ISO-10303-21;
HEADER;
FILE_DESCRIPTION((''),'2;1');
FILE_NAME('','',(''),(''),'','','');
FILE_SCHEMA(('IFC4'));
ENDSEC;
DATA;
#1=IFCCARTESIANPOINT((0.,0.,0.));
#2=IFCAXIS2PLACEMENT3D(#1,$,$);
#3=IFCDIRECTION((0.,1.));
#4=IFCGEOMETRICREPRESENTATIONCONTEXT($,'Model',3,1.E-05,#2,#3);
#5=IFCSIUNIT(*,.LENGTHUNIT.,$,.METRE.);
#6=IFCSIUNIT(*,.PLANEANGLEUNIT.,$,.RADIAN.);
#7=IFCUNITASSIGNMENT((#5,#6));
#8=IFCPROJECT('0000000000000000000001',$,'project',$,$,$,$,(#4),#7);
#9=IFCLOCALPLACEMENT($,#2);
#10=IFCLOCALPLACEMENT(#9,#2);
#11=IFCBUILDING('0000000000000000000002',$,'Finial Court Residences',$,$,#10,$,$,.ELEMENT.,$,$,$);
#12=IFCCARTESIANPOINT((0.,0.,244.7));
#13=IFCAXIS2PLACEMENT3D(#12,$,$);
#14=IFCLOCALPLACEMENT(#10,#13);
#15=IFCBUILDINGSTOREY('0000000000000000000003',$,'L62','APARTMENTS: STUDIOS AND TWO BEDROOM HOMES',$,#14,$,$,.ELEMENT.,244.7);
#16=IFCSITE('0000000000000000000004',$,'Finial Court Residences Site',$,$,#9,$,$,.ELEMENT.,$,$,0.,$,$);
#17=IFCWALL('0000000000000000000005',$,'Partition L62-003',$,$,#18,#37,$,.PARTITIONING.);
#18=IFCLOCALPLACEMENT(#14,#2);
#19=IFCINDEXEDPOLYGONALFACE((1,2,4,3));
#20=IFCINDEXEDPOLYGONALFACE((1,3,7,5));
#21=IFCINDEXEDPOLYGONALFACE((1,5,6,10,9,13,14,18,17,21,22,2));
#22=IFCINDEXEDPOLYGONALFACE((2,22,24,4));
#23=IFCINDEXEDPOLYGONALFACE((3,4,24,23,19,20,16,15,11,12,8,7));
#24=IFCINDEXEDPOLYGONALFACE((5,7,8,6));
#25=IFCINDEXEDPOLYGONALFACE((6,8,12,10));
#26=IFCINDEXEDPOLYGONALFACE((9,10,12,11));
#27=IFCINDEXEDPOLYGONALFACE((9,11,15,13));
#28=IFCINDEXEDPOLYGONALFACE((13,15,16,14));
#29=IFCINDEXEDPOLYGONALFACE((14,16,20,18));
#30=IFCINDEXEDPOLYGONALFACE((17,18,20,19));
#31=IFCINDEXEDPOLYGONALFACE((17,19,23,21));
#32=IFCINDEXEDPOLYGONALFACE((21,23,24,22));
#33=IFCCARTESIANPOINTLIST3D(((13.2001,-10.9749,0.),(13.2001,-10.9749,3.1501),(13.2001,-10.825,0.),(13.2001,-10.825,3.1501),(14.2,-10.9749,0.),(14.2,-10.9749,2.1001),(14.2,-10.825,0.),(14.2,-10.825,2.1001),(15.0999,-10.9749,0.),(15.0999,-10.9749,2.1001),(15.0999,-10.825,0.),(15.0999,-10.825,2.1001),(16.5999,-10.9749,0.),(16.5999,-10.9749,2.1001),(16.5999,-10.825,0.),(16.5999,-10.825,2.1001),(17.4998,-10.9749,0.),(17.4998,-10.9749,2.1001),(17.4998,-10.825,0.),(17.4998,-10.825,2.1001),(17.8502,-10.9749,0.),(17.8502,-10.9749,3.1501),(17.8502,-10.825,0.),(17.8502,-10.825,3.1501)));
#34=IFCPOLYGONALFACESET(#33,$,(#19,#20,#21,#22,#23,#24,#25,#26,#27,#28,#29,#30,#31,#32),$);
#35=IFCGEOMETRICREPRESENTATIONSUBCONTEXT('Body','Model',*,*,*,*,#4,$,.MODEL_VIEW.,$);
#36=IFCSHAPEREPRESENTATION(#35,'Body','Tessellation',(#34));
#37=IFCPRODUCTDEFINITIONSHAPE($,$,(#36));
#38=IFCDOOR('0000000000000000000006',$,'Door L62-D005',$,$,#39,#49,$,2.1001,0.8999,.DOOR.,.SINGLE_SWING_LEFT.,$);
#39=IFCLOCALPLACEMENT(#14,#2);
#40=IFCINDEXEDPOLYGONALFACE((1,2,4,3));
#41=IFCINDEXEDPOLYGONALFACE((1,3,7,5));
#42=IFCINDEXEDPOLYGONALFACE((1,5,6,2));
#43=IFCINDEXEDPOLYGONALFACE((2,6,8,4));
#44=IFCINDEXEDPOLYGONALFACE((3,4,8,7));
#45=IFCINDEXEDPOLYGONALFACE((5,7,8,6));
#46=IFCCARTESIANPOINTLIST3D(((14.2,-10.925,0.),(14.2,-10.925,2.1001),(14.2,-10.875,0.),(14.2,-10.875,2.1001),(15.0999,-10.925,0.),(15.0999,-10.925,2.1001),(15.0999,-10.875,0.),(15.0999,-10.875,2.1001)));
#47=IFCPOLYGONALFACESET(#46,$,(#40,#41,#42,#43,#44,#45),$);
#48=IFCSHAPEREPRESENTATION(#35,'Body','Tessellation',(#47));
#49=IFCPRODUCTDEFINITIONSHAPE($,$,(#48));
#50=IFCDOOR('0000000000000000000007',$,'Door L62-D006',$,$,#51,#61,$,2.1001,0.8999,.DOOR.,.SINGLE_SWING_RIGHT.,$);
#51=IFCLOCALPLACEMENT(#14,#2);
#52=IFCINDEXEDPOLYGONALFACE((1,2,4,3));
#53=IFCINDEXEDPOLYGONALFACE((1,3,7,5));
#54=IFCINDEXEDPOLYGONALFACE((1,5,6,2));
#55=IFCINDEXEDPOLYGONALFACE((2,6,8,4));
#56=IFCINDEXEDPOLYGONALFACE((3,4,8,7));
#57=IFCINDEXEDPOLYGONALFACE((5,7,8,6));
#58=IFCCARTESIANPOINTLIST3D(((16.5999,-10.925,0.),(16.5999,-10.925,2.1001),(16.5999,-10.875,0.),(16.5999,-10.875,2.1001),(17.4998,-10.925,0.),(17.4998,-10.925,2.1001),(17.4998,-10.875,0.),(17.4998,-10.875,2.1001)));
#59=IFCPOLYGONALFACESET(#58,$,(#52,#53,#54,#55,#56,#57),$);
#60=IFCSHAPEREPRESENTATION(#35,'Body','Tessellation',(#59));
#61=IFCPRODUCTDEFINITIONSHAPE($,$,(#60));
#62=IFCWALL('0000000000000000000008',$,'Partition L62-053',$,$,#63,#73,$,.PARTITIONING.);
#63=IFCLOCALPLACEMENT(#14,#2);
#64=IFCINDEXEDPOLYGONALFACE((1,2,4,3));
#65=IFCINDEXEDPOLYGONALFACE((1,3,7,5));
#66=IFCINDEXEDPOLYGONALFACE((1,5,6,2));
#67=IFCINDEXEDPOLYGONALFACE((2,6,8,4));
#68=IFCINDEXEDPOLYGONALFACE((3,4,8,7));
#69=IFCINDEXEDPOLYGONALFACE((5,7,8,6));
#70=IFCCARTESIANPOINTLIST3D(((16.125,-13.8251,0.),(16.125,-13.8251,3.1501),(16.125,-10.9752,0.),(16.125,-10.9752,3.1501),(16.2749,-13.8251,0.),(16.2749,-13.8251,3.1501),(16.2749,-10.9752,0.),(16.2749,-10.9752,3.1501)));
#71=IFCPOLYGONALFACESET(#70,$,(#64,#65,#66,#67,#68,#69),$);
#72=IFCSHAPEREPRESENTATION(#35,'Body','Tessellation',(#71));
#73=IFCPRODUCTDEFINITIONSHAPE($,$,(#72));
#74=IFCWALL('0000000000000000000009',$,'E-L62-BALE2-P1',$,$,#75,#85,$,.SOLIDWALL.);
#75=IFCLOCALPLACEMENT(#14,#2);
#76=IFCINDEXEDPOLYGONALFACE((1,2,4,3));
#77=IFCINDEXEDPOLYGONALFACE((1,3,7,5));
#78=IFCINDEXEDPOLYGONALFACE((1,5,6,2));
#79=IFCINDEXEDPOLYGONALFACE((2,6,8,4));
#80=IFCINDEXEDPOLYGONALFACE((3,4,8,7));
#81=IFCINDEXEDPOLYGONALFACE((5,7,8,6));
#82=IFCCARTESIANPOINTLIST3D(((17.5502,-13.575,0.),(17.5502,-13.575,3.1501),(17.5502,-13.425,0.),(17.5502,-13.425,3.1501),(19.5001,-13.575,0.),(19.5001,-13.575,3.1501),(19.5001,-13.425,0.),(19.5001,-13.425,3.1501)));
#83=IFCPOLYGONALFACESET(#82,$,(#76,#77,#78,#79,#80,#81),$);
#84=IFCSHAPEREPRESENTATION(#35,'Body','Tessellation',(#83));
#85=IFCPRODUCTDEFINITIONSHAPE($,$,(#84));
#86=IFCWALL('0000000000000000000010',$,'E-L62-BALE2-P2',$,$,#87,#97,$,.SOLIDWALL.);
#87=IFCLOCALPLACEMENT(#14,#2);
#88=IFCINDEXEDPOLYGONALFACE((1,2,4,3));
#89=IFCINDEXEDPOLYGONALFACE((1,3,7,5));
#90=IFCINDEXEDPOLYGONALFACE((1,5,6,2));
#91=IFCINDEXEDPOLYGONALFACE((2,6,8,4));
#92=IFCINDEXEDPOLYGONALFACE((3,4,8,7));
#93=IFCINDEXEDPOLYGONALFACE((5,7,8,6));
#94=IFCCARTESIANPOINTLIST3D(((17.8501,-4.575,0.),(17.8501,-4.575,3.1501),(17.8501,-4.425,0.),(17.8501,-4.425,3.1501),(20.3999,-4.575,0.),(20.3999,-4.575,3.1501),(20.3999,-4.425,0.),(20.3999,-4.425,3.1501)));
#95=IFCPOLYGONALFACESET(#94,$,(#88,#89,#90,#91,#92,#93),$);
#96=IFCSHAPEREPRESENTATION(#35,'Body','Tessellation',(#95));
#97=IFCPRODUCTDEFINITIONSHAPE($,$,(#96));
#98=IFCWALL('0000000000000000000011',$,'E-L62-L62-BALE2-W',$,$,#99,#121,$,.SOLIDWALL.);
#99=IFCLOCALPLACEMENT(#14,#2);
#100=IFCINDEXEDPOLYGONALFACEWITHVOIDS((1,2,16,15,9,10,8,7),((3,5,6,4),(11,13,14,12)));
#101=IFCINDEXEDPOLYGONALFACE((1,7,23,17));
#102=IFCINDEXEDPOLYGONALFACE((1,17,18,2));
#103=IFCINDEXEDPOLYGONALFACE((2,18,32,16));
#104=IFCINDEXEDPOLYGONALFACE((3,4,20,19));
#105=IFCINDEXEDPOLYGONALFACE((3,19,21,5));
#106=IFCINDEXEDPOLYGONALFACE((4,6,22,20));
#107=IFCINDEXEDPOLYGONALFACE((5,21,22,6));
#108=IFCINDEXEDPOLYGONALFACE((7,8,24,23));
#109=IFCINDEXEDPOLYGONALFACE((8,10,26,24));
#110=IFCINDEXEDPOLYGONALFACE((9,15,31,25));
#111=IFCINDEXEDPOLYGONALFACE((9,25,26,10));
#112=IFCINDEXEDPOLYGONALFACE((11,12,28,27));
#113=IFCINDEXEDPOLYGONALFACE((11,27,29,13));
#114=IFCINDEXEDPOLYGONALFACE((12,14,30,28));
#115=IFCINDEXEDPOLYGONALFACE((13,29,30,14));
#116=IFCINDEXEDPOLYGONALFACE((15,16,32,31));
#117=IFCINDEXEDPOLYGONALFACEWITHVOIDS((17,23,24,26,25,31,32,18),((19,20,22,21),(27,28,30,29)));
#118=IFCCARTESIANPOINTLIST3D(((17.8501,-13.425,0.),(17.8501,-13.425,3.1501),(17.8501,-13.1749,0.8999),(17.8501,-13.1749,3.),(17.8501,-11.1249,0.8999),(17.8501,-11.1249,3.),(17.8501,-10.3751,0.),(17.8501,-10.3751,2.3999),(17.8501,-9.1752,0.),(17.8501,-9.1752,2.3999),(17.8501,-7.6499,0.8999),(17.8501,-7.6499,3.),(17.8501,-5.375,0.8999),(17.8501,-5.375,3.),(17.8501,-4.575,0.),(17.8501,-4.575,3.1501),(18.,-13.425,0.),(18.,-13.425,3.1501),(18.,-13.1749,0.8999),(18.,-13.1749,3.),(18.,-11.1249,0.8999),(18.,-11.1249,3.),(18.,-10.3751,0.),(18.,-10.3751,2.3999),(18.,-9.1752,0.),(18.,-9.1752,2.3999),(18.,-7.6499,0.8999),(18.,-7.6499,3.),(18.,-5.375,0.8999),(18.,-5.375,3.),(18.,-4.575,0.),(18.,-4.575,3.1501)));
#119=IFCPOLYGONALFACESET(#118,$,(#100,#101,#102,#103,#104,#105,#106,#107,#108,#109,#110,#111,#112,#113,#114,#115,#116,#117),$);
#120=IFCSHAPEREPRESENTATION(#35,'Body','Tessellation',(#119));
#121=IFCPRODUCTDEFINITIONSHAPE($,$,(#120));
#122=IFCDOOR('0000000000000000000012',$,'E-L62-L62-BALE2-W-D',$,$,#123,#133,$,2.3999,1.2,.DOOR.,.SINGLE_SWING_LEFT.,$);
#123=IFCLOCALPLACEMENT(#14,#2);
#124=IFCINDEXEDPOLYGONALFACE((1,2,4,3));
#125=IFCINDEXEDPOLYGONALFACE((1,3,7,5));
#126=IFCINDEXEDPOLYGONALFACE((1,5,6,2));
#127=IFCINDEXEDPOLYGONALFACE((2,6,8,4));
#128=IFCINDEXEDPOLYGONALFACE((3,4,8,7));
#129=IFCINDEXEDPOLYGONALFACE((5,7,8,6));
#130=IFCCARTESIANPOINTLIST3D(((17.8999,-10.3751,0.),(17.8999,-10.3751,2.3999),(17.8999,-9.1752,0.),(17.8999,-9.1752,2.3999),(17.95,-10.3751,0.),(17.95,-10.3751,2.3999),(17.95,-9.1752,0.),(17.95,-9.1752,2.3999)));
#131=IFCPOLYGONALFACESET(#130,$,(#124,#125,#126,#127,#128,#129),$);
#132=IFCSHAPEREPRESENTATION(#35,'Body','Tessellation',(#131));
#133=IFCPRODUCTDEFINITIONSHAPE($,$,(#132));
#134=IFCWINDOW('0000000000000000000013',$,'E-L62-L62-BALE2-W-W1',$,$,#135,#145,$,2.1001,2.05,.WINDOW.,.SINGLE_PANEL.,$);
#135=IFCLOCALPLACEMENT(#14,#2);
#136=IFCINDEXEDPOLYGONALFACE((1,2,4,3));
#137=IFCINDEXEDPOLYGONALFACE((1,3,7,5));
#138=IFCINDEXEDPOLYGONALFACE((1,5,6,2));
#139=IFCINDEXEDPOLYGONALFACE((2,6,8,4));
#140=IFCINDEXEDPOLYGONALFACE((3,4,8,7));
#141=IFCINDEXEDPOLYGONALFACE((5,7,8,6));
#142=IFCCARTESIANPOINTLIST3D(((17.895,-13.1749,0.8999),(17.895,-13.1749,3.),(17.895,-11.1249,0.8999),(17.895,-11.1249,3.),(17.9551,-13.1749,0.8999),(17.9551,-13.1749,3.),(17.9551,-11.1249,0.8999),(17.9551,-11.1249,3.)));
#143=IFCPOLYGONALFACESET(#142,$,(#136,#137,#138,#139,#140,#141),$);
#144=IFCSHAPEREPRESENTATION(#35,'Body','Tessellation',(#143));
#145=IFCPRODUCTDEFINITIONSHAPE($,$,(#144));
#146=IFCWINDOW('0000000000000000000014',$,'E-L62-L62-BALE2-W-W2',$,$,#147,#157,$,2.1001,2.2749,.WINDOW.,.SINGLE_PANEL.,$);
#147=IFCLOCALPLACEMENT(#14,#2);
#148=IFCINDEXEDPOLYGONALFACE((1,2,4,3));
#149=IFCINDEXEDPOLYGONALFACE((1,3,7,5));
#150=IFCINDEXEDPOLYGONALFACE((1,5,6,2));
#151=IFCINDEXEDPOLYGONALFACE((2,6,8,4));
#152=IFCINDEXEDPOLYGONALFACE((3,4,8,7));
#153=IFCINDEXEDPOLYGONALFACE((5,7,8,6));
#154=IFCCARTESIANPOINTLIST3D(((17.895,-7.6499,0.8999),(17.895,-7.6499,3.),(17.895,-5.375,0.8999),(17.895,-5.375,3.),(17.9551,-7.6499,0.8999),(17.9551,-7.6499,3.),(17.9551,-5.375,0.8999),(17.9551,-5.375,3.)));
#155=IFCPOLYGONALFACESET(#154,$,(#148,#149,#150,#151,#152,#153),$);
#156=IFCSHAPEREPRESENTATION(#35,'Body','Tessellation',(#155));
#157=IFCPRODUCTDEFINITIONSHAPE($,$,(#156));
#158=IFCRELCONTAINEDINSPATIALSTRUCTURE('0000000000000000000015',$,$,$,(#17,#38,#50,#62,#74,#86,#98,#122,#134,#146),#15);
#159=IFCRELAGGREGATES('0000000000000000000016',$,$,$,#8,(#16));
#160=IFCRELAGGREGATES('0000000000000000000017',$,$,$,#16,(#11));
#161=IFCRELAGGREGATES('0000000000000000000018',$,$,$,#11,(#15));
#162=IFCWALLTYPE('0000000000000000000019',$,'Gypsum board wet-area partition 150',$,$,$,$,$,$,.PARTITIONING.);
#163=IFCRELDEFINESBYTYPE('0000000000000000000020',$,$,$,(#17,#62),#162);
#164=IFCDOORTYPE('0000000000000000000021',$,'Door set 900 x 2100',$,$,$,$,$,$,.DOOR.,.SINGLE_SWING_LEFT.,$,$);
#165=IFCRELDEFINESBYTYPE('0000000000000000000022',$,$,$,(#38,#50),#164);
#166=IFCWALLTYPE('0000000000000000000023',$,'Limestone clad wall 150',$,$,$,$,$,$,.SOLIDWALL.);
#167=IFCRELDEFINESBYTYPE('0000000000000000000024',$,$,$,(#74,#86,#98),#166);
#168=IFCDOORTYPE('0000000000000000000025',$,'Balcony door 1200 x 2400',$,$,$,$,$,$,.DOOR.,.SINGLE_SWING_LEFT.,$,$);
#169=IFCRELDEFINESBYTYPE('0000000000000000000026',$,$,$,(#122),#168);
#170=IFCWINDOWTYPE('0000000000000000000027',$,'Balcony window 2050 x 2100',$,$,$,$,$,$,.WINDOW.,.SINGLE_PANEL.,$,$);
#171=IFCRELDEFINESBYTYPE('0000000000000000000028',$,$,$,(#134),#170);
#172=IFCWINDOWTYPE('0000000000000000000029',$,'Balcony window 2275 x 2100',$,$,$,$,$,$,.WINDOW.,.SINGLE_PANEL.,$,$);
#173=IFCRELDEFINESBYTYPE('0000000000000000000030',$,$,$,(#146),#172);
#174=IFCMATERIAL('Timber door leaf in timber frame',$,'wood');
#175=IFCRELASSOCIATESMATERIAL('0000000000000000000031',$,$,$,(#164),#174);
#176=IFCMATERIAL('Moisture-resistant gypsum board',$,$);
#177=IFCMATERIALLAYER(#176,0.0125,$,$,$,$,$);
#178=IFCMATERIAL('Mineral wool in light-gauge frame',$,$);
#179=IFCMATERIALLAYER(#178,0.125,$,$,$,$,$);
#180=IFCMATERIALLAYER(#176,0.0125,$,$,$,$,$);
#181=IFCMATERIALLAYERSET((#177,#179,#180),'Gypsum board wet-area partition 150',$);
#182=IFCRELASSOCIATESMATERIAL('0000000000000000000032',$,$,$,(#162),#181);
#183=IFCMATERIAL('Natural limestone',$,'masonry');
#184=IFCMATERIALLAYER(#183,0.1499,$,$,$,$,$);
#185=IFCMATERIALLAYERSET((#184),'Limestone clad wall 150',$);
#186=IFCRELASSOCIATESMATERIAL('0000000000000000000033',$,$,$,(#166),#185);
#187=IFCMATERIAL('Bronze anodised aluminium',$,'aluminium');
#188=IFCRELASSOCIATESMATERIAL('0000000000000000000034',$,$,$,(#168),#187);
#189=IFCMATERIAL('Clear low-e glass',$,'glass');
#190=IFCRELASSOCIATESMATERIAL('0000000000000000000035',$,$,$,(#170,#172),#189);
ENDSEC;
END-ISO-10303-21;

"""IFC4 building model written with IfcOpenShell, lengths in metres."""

from ifc_helpers import new_model, si_unit, direction, frame, frame_2d, origin, place, context, subcontext, project, spatial, rectangle, extrude, material, layer, layer_set, type_object, element, fill, save


model = new_model("IFC4")

# Units and contexts
model_context = context("Model", 3, precision=1e-05, world=origin(), true_north=direction((0.0, 1.0)))
body_context = subcontext(model_context, "Body", "Model", "MODEL_VIEW")
ifc_project = project(units=[si_unit("LENGTHUNIT", "METRE"), si_unit("PLANEANGLEUNIT", "RADIAN")], contexts=[model_context])

# Site, building, storey
site_placement = place(None, origin())
site = spatial("IfcSite", under=ifc_project, at=site_placement, Name="Finial Court Residences Site", CompositionType="ELEMENT", RefElevation=0.0)
building_placement = place(site_placement, origin())
building = spatial("IfcBuilding", under=site, at=building_placement, Name="Finial Court Residences", CompositionType="ELEMENT")
storey_placement = place(building_placement, frame((0.0, 0.0, 244.7)))
storey = spatial("IfcBuildingStorey", under=building, at=storey_placement, Name="L62", Description="APARTMENTS: STUDIOS AND TWO BEDROOM HOMES", CompositionType="ELEMENT", Elevation=244.7)

# Shared definitions
ifc_material_1 = material(Name="Bronze anodised aluminium", Category="aluminium")
ifc_material_2 = material(Name="Clear low-e glass", Category="glass")

# Shared definitions
ifc_material_3 = material(Name="Mineral wool in light-gauge frame")
ifc_material_4 = material(Name="Timber door leaf in timber frame", Category="wood")
door_type_1 = type_object("IfcDoorType", Name="Door set 900 x 2100", OperationType="SINGLE_SWING_LEFT", PredefinedType="DOOR", material=ifc_material_4)
ifc_material_5 = material(Name="Moisture-resistant gypsum board")
ifc_layer_1 = layer(ifc_material_5, 0.0125)
ifc_layer_2 = layer(ifc_material_3, 0.125)
ifc_layer_3 = layer(ifc_material_5, 0.0125)
ifc_layer_set_1 = layer_set([ifc_layer_1, ifc_layer_2, ifc_layer_3], Name="Gypsum board wet-area partition 150")
wall_type_1 = type_object("IfcWallType", Name="Gypsum board wet-area partition 150", PredefinedType="PARTITIONING", material=ifc_layer_set_1)

# Wall, openings, doors
wall_1_placement = place(storey_placement, frame((13.2, -10.8999, 0.0), z_axis=(0.0, 0.0, 1.0), x_axis=(1.0, 0.0, 0.0)))
wall_1 = element("IfcWall", 1, at=wall_1_placement, inside=storey, type_object=wall_type_1, Name="Partition L62-003", PredefinedType="PARTITIONING", context=body_context, shape_type="SweptSolid", body=[
    extrude(rectangle(XDim=4.6501, YDim=0.1499, at=frame_2d((2.3252, 0.0))), origin(), (0.0, 0.0, 1.0), 3.1501),
])
opening_1_placement = place(wall_1_placement, frame((1.0, 0.0, 0.0)))
opening_1 = element("IfcOpeningElement", 2, at=opening_1_placement, cuts=wall_1, PredefinedType="OPENING", context=body_context, shape_type="SweptSolid", body=[
    extrude(rectangle(XDim=0.8999, YDim=2.1001, at=frame_2d((0.45, 1.05))), frame((0.0, 0.085, 0.0), z_axis=(0.0, -1.0, 0.0), x_axis=(1.0, 0.0, 0.0)), (0.0, 0.0, 1.0), 0.1699),
])
opening_2_placement = place(wall_1_placement, frame((3.3999, 0.0, 0.0)))
opening_2 = element("IfcOpeningElement", 3, at=opening_2_placement, cuts=wall_1, PredefinedType="OPENING", context=body_context, shape_type="SweptSolid", body=[
    extrude(rectangle(XDim=0.8999, YDim=2.1001, at=frame_2d((0.45, 1.05))), frame((0.0, 0.085, 0.0), z_axis=(0.0, -1.0, 0.0), x_axis=(1.0, 0.0, 0.0)), (0.0, 0.0, 1.0), 0.1699),
])
door_1_placement = place(opening_1_placement, origin())
door_1 = element("IfcDoor", 4, at=door_1_placement, inside=storey, type_object=door_type_1, Name="Door L62-D005", OperationType="SINGLE_SWING_LEFT", OverallHeight=2.1001, OverallWidth=0.8999, PredefinedType="DOOR", context=body_context, shape_type="SweptSolid", body=[
    extrude(rectangle(XDim=0.8999, YDim=2.1001, at=frame_2d((0.45, 1.05))), frame((0.0, 0.0249, 0.0), z_axis=(0.0, -1.0, 0.0), x_axis=(1.0, 0.0, 0.0)), (0.0, 0.0, 1.0), 0.05),
])
fill(opening_1, door_1)
door_2_placement = place(opening_2_placement, origin())
door_2 = element("IfcDoor", 5, at=door_2_placement, inside=storey, type_object=door_type_1, Name="Door L62-D006", OperationType="SINGLE_SWING_RIGHT", OverallHeight=2.1001, OverallWidth=0.8999, PredefinedType="DOOR", context=body_context, shape_type="SweptSolid", body=[
    extrude(rectangle(XDim=0.8999, YDim=2.1001, at=frame_2d((0.45, 1.05))), frame((0.0, 0.0249, 0.0), z_axis=(0.0, -1.0, 0.0), x_axis=(1.0, 0.0, 0.0)), (0.0, 0.0, 1.0), 0.05),
])
fill(opening_2, door_2)

# Walls
wall_2_placement = place(storey_placement, frame((16.2, -13.825, 0.0), z_axis=(0.0, 0.0, 1.0), x_axis=(0.0, 1.0, 0.0)))
element("IfcWall", 6, at=wall_2_placement, inside=storey, type_object=wall_type_1, Name="Partition L62-053", PredefinedType="PARTITIONING", context=body_context, shape_type="SweptSolid", body=[
    extrude(rectangle(XDim=2.8499, YDim=0.1499, at=frame_2d((1.4248, 0.0))), origin(), (0.0, 0.0, 1.0), 3.1501),
])
ifc_material_6 = material(Name="Natural limestone", Category="masonry")
ifc_layer_4 = layer(ifc_material_6, 0.1499)
ifc_layer_set_2 = layer_set([ifc_layer_4], Name="Limestone clad wall 150")
wall_type_2 = type_object("IfcWallType", Name="Limestone clad wall 150", PredefinedType="SOLIDWALL", material=ifc_layer_set_2)
wall_3_placement = place(storey_placement, frame((17.55, -13.5, 0.0), z_axis=(0.0, 0.0, 1.0), x_axis=(1.0, 0.0, 0.0)))
element("IfcWall", 7, at=wall_3_placement, inside=storey, type_object=wall_type_2, Name="E-L62-BALE2-P1", PredefinedType="SOLIDWALL", context=body_context, shape_type="SweptSolid", body=[
    extrude(rectangle(XDim=1.95, YDim=0.1499, at=frame_2d((0.9751, 0.0))), origin(), (0.0, 0.0, 1.0), 3.1501),
])
wall_4_placement = place(storey_placement, frame((17.8501, -4.5, 0.0), z_axis=(0.0, 0.0, 1.0), x_axis=(1.0, 0.0, 0.0)))
element("IfcWall", 8, at=wall_4_placement, inside=storey, type_object=wall_type_2, Name="E-L62-BALE2-P2", PredefinedType="SOLIDWALL", context=body_context, shape_type="SweptSolid", body=[
    extrude(rectangle(XDim=2.5498, YDim=0.1499, at=frame_2d((1.2749, 0.0))), origin(), (0.0, 0.0, 1.0), 3.1501),
])

# Wall, openings, door, windows
wall_5_placement = place(storey_placement, frame((17.925, -4.575, 0.0), z_axis=(0.0, 0.0, 1.0), x_axis=(0.0, -1.0, 0.0)))
wall_5 = element("IfcWall", 9, at=wall_5_placement, inside=storey, type_object=wall_type_2, Name="E-L62-L62-BALE2-W", PredefinedType="SOLIDWALL", context=body_context, shape_type="SweptSolid", body=[
    extrude(rectangle(XDim=8.8501, YDim=0.1499, at=frame_2d((4.425, 0.0))), origin(), (0.0, 0.0, 1.0), 3.1501),
])
opening_3_placement = place(wall_5_placement, frame((4.6001, 0.0, 0.0)))
opening_3 = element("IfcOpeningElement", 10, at=opening_3_placement, cuts=wall_5, PredefinedType="OPENING", context=body_context, shape_type="SweptSolid", body=[
    extrude(rectangle(XDim=1.2, YDim=2.3999, at=frame_2d((0.6001, 1.2))), frame((0.0, 0.085, 0.0), z_axis=(0.0, -1.0, 0.0), x_axis=(1.0, 0.0, 0.0)), (0.0, 0.0, 1.0), 0.1699),
])
opening_4_placement = place(wall_5_placement, frame((6.55, 0.0, 0.8999)))
opening_4 = element("IfcOpeningElement", 11, at=opening_4_placement, cuts=wall_5, PredefinedType="OPENING", context=body_context, shape_type="SweptSolid", body=[
    extrude(rectangle(XDim=2.05, YDim=2.1001, at=frame_2d((1.0249, 1.05))), frame((0.0, 0.085, 0.0), z_axis=(0.0, -1.0, 0.0), x_axis=(1.0, 0.0, 0.0)), (0.0, 0.0, 1.0), 0.1699),
])
opening_5_placement = place(wall_5_placement, frame((0.8, 0.0, 0.8999)))
opening_5 = element("IfcOpeningElement", 12, at=opening_5_placement, cuts=wall_5, PredefinedType="OPENING", context=body_context, shape_type="SweptSolid", body=[
    extrude(rectangle(XDim=2.2749, YDim=2.1001, at=frame_2d((1.1375, 1.05))), frame((0.0, 0.085, 0.0), z_axis=(0.0, -1.0, 0.0), x_axis=(1.0, 0.0, 0.0)), (0.0, 0.0, 1.0), 0.1699),
])
door_type_2 = type_object("IfcDoorType", Name="Balcony door 1200 x 2400", OperationType="SINGLE_SWING_LEFT", PredefinedType="DOOR", material=ifc_material_1)
door_3_placement = place(opening_3_placement, origin())
door_3 = element("IfcDoor", 13, at=door_3_placement, inside=storey, type_object=door_type_2, Name="E-L62-L62-BALE2-W-D", OperationType="SINGLE_SWING_LEFT", OverallHeight=2.3999, OverallWidth=1.2, PredefinedType="DOOR", context=body_context, shape_type="SweptSolid", body=[
    extrude(rectangle(XDim=1.2, YDim=2.3999, at=frame_2d((0.6001, 1.2))), frame((0.0, 0.0249, 0.0), z_axis=(0.0, -1.0, 0.0), x_axis=(1.0, 0.0, 0.0)), (0.0, 0.0, 1.0), 0.05),
])
fill(opening_3, door_3)
window_type_1 = type_object("IfcWindowType", Name="Balcony window 2050 x 2100", PartitioningType="SINGLE_PANEL", PredefinedType="WINDOW", material=ifc_material_2)
window_1_placement = place(opening_4_placement, origin())
window_1 = element("IfcWindow", 14, at=window_1_placement, inside=storey, type_object=window_type_1, Name="E-L62-L62-BALE2-W-W1", OverallHeight=2.1001, OverallWidth=2.05, PartitioningType="SINGLE_PANEL", PredefinedType="WINDOW", context=body_context, shape_type="SweptSolid", body=[
    extrude(rectangle(XDim=2.05, YDim=2.1001, at=frame_2d((1.0249, 1.05))), frame((0.0, 0.03, 0.0), z_axis=(0.0, -1.0, 0.0), x_axis=(1.0, 0.0, 0.0)), (0.0, 0.0, 1.0), 0.0601),
])
fill(opening_4, window_1)
window_type_2 = type_object("IfcWindowType", Name="Balcony window 2275 x 2100", PartitioningType="SINGLE_PANEL", PredefinedType="WINDOW", material=ifc_material_2)
window_2_placement = place(opening_5_placement, origin())
window_2 = element("IfcWindow", 15, at=window_2_placement, inside=storey, type_object=window_type_2, Name="E-L62-L62-BALE2-W-W2", OverallHeight=2.1001, OverallWidth=2.2749, PartitioningType="SINGLE_PANEL", PredefinedType="WINDOW", context=body_context, shape_type="SweptSolid", body=[
    extrude(rectangle(XDim=2.2749, YDim=2.1001, at=frame_2d((1.1375, 1.05))), frame((0.0, 0.03, 0.0), z_axis=(0.0, -1.0, 0.0), x_axis=(1.0, 0.0, 0.0)), (0.0, 0.0, 1.0), 0.0601),
])
fill(opening_5, window_2)

save(model, "model.ifc")
